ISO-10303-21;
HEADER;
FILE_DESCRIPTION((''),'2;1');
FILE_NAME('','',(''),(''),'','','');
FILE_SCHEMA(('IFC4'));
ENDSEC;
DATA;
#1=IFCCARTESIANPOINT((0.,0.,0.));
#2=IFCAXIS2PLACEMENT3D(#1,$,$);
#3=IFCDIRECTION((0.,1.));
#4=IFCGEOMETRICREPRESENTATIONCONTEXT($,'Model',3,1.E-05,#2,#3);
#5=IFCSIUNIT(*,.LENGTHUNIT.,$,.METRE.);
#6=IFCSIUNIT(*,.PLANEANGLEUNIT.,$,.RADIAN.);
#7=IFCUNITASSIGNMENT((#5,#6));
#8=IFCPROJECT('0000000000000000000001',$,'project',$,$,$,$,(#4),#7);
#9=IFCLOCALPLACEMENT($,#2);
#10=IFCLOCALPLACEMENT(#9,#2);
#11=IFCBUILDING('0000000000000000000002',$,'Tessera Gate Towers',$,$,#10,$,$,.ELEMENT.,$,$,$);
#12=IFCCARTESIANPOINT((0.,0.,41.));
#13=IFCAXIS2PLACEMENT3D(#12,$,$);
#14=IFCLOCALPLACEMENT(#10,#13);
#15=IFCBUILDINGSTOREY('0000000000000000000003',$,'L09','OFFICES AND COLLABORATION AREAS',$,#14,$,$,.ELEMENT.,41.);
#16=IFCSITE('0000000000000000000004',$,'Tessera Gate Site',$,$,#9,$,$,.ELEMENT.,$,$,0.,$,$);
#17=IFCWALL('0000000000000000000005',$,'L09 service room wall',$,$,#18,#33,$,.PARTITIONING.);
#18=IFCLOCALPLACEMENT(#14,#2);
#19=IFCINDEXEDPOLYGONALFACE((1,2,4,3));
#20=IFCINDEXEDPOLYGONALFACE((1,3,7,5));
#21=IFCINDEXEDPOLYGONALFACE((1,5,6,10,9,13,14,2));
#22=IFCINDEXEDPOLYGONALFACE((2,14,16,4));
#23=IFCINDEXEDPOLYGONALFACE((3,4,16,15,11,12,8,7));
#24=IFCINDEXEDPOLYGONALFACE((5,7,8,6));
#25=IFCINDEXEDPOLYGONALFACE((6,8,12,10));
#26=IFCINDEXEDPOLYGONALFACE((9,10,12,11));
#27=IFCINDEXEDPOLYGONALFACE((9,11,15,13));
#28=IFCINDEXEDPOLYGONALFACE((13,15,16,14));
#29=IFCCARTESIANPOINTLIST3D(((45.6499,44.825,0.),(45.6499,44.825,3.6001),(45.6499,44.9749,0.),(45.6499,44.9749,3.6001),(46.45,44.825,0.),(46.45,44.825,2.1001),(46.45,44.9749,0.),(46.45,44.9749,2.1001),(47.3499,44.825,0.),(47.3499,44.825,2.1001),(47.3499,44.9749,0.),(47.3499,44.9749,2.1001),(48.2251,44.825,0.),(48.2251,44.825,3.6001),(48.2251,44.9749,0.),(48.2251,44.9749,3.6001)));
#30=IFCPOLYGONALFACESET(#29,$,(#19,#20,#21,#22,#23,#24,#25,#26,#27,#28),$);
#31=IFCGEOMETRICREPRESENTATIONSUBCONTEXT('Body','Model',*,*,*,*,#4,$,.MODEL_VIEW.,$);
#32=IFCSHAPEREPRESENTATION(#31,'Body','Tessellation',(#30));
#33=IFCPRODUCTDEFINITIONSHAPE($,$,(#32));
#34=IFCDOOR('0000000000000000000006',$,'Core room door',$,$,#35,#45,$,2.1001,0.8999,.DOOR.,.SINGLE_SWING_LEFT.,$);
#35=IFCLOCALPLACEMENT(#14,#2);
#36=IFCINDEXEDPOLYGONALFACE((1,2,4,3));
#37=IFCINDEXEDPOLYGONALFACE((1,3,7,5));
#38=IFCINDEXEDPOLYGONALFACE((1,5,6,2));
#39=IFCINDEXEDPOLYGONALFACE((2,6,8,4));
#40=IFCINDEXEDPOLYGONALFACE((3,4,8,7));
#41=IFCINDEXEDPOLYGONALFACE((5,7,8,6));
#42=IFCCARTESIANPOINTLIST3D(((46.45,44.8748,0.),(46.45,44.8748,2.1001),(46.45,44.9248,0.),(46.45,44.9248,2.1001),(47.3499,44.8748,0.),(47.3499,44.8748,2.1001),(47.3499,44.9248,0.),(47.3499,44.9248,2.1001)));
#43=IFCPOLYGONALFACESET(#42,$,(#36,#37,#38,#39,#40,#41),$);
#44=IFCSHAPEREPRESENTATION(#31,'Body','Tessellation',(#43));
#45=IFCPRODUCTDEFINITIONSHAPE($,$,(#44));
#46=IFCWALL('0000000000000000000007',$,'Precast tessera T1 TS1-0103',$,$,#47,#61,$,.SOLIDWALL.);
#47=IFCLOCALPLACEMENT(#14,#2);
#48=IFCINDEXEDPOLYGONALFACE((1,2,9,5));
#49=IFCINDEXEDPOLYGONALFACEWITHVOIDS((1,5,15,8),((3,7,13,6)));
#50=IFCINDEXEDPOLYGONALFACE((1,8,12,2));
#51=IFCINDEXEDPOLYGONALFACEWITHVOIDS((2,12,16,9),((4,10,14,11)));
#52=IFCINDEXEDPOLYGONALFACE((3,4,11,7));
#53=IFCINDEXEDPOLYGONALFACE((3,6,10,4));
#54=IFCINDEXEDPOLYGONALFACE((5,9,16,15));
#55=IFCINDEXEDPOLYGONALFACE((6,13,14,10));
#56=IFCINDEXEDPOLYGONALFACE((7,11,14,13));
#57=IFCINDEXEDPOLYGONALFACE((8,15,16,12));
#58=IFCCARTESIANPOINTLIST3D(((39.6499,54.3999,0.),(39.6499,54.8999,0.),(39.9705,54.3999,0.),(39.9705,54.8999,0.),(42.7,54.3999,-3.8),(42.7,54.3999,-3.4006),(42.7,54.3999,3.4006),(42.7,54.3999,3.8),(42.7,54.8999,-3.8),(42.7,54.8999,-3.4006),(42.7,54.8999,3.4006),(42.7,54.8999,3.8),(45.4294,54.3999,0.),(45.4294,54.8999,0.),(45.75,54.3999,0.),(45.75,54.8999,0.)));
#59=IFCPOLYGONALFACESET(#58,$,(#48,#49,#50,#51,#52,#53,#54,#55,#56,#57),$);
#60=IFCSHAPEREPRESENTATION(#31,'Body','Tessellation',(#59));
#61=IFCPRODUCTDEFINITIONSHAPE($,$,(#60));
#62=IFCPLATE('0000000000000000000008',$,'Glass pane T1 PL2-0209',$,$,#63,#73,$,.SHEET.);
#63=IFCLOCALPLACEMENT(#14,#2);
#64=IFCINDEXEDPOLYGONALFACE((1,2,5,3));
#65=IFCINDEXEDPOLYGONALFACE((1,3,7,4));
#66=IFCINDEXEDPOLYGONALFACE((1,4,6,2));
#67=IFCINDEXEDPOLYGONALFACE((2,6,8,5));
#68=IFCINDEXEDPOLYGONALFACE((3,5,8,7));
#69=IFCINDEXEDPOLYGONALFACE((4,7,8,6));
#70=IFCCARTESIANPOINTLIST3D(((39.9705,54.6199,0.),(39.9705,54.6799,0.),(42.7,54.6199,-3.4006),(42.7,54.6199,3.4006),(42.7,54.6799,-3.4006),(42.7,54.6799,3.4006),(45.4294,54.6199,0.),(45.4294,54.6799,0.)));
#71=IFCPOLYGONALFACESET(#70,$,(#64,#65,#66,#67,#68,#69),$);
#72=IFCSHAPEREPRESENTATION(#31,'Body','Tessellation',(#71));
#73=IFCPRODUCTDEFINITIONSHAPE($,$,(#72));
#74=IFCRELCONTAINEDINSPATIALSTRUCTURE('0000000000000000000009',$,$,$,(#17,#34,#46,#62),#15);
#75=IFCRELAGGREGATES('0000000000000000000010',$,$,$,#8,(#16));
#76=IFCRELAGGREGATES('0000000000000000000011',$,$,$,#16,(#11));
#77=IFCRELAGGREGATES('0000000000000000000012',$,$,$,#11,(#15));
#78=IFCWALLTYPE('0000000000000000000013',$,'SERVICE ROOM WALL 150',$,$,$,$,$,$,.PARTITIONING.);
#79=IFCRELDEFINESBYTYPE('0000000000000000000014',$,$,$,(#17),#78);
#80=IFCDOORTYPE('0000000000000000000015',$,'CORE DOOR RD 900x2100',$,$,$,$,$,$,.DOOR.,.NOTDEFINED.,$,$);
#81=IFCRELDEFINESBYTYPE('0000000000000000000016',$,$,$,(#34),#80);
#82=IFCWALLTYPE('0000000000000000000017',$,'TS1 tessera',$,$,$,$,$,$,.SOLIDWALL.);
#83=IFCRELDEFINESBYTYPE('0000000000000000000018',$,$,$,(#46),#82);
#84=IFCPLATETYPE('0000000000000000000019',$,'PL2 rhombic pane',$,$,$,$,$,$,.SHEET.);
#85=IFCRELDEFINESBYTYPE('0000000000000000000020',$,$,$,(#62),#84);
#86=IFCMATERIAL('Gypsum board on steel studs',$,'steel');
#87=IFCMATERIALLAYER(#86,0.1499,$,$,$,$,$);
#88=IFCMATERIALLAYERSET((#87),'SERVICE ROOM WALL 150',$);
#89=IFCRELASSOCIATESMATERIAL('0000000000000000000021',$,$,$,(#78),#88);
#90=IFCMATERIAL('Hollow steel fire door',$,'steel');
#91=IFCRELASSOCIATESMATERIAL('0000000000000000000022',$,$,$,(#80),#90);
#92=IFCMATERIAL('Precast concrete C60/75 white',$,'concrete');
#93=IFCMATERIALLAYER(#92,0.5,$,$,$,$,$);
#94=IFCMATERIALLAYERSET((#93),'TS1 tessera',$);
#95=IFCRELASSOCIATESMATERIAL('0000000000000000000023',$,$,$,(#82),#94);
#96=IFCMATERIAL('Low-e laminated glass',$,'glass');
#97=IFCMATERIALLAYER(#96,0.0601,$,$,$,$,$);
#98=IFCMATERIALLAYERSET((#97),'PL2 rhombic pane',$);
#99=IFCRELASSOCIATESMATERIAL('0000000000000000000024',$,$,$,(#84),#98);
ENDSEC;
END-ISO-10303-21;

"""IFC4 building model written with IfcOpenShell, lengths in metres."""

from ifc_helpers import new_model, si_unit, direction, frame, frame_2d, origin, place, context, subcontext, project, spatial, polyline, rectangle, outline, extrude, source, transform, mapped, material, layer, layer_set, type_object, element, fill, save


model = new_model("IFC4")

# Units and contexts
model_context = context("Model", 3, precision=1e-05, world=origin(), true_north=direction((0.0, 1.0)))
body_context = subcontext(model_context, "Body", "Model", "MODEL_VIEW")
ifc_project = project(units=[si_unit("LENGTHUNIT", "METRE"), si_unit("PLANEANGLEUNIT", "RADIAN")], contexts=[model_context])

# Site, building, storey
site_placement = place(None, origin())
site = spatial("IfcSite", under=ifc_project, at=site_placement, Name="Tessera Gate Site", CompositionType="ELEMENT", RefElevation=0.0)
building_placement = place(site_placement, origin())
building = spatial("IfcBuilding", under=site, at=building_placement, Name="Tessera Gate Towers", CompositionType="ELEMENT")
storey_placement = place(building_placement, frame((0.0, 0.0, 41.0)))
storey = spatial("IfcBuildingStorey", under=building, at=storey_placement, Name="L09", Description="OFFICES AND COLLABORATION AREAS", CompositionType="ELEMENT", Elevation=41.0)

# Wall, opening, door
ifc_material_1 = material(Name="Gypsum board on steel studs", Category="steel")
ifc_layer_1 = layer(ifc_material_1, 0.1499)
ifc_layer_set_1 = layer_set([ifc_layer_1], Name="SERVICE ROOM WALL 150")
wall_type_1 = type_object("IfcWallType", Name="SERVICE ROOM WALL 150", PredefinedType="PARTITIONING", material=ifc_layer_set_1)
wall_1_placement = place(storey_placement, frame((45.6499, 44.8999, 0.0), z_axis=(0.0, 0.0, 1.0), x_axis=(1.0, 0.0, 0.0)))
wall_1 = element("IfcWall", 1, at=wall_1_placement, inside=storey, type_object=wall_type_1, Name="L09 service room wall", PredefinedType="PARTITIONING", context=body_context, shape_type="SweptSolid", body=[
    extrude(rectangle(XDim=2.5752, YDim=0.1499, at=frame_2d((1.2876, 0.0))), origin(), (0.0, 0.0, 1.0), 3.6001),
])
shared_shape_1 = source(origin(), body_context, "Body", "SweptSolid", [
    extrude(rectangle(XDim=0.8999, YDim=2.1001, at=frame_2d((0.45, 1.05))), frame((0.0, 0.085, 0.0), z_axis=(0.0, -1.0, 0.0), x_axis=(1.0, 0.0, 0.0)), (0.0, 0.0, 1.0), 0.1699),
])
opening_1_placement = place(wall_1_placement, frame((0.8, 0.0, 0.0)))
opening_1 = element("IfcOpeningElement", 2, at=opening_1_placement, cuts=wall_1, PredefinedType="OPENING", context=body_context, shape_type="MappedRepresentation", body=[
    mapped(shared_shape_1, transform((0.0, 0.0, 0.0), scale=1.0)),
])
ifc_material_2 = material(Name="Hollow steel fire door", Category="steel")
door_type_1 = type_object("IfcDoorType", Name="CORE DOOR RD 900x2100", OperationType="NOTDEFINED", PredefinedType="DOOR", material=ifc_material_2)
shared_shape_2 = source(origin(), body_context, "Body", "SweptSolid", [
    extrude(rectangle(XDim=0.8999, YDim=2.1001, at=frame_2d((0.45, 1.05))), frame((0.0, 0.0249, 0.0), z_axis=(0.0, -1.0, 0.0), x_axis=(1.0, 0.0, 0.0)), (0.0, 0.0, 1.0), 0.05),
])
door_1_placement = place(opening_1_placement, origin())
door_1 = element("IfcDoor", 3, at=door_1_placement, inside=storey, type_object=door_type_1, Name="Core room door", OperationType="SINGLE_SWING_LEFT", OverallHeight=2.1001, OverallWidth=0.8999, PredefinedType="DOOR", context=body_context, shape_type="MappedRepresentation", body=[
    mapped(shared_shape_2, transform((0.0, 0.0, 0.0), scale=1.0)),
])
fill(opening_1, door_1)

# Wall, opening, plate
ifc_material_3 = material(Name="Precast concrete C60/75 white", Category="concrete")
ifc_layer_2 = layer(ifc_material_3, 0.5)
ifc_layer_set_2 = layer_set([ifc_layer_2], Name="TS1 tessera")
wall_type_2 = type_object("IfcWallType", Name="TS1 tessera", PredefinedType="SOLIDWALL", material=ifc_layer_set_2)
shared_shape_3 = source(origin(), body_context, "Body", "SweptSolid", [
    extrude(outline(polyline([(3.05, 0.0), (6.1001, 3.8), (3.05, 7.6001), (0.0, 3.8), (3.05, 0.0)])), frame((0.0, 0.25, 0.0), z_axis=(0.0, -1.0, 0.0), x_axis=(1.0, 0.0, 0.0)), (0.0, 0.0, 1.0), 0.5),
])
wall_2_placement = place(storey_placement, frame((45.75, 54.6499, -3.8), z_axis=(0.0, 0.0, 1.0), x_axis=(-1.0, 0.0, 0.0)))
wall_2 = element("IfcWall", 4, at=wall_2_placement, inside=storey, type_object=wall_type_2, Name="Precast tessera T1 TS1-0103", PredefinedType="SOLIDWALL", context=body_context, shape_type="MappedRepresentation", body=[
    mapped(shared_shape_3, transform((0.0, 0.0, 0.0), scale=1.0)),
])
shared_shape_4 = source(origin(), body_context, "Body", "SweptSolid", [
    extrude(outline(polyline([(3.05, 0.3994), (5.7795, 3.8), (3.05, 7.2007), (0.3206, 3.8), (3.05, 0.3994)])), frame((0.0, 0.26, 0.0), z_axis=(0.0, -1.0, 0.0), x_axis=(1.0, 0.0, 0.0)), (0.0, 0.0, 1.0), 0.52),
])
opening_2_placement = place(wall_2_placement, origin())
opening_2 = element("IfcOpeningElement", 5, at=opening_2_placement, cuts=wall_2, PredefinedType="OPENING", context=body_context, shape_type="MappedRepresentation", body=[
    mapped(shared_shape_4, transform((0.0, 0.0, 0.0), scale=1.0)),
])
ifc_material_4 = material(Name="Low-e laminated glass", Category="glass")
ifc_layer_3 = layer(ifc_material_4, 0.0601)
ifc_layer_set_3 = layer_set([ifc_layer_3], Name="PL2 rhombic pane")
plate_type = type_object("IfcPlateType", Name="PL2 rhombic pane", PredefinedType="SHEET", material=ifc_layer_set_3)
shared_shape_5 = source(origin(), body_context, "Body", "SweptSolid", [
    extrude(outline(polyline([(3.05, 0.3994), (5.7795, 3.8), (3.05, 7.2007), (0.3206, 3.8), (3.05, 0.3994)])), frame((0.0, 0.03, 0.0), z_axis=(0.0, -1.0, 0.0), x_axis=(1.0, 0.0, 0.0)), (0.0, 0.0, 1.0), 0.0601),
])
plate_placement = place(opening_2_placement, origin())
plate = element("IfcPlate", 6, at=plate_placement, inside=storey, type_object=plate_type, Name="Glass pane T1 PL2-0209", PredefinedType="SHEET", context=body_context, shape_type="MappedRepresentation", body=[
    mapped(shared_shape_5, transform((0.0, 0.0, 0.0), scale=1.0)),
])
fill(opening_2, plate)

save(model, "model.ifc")
